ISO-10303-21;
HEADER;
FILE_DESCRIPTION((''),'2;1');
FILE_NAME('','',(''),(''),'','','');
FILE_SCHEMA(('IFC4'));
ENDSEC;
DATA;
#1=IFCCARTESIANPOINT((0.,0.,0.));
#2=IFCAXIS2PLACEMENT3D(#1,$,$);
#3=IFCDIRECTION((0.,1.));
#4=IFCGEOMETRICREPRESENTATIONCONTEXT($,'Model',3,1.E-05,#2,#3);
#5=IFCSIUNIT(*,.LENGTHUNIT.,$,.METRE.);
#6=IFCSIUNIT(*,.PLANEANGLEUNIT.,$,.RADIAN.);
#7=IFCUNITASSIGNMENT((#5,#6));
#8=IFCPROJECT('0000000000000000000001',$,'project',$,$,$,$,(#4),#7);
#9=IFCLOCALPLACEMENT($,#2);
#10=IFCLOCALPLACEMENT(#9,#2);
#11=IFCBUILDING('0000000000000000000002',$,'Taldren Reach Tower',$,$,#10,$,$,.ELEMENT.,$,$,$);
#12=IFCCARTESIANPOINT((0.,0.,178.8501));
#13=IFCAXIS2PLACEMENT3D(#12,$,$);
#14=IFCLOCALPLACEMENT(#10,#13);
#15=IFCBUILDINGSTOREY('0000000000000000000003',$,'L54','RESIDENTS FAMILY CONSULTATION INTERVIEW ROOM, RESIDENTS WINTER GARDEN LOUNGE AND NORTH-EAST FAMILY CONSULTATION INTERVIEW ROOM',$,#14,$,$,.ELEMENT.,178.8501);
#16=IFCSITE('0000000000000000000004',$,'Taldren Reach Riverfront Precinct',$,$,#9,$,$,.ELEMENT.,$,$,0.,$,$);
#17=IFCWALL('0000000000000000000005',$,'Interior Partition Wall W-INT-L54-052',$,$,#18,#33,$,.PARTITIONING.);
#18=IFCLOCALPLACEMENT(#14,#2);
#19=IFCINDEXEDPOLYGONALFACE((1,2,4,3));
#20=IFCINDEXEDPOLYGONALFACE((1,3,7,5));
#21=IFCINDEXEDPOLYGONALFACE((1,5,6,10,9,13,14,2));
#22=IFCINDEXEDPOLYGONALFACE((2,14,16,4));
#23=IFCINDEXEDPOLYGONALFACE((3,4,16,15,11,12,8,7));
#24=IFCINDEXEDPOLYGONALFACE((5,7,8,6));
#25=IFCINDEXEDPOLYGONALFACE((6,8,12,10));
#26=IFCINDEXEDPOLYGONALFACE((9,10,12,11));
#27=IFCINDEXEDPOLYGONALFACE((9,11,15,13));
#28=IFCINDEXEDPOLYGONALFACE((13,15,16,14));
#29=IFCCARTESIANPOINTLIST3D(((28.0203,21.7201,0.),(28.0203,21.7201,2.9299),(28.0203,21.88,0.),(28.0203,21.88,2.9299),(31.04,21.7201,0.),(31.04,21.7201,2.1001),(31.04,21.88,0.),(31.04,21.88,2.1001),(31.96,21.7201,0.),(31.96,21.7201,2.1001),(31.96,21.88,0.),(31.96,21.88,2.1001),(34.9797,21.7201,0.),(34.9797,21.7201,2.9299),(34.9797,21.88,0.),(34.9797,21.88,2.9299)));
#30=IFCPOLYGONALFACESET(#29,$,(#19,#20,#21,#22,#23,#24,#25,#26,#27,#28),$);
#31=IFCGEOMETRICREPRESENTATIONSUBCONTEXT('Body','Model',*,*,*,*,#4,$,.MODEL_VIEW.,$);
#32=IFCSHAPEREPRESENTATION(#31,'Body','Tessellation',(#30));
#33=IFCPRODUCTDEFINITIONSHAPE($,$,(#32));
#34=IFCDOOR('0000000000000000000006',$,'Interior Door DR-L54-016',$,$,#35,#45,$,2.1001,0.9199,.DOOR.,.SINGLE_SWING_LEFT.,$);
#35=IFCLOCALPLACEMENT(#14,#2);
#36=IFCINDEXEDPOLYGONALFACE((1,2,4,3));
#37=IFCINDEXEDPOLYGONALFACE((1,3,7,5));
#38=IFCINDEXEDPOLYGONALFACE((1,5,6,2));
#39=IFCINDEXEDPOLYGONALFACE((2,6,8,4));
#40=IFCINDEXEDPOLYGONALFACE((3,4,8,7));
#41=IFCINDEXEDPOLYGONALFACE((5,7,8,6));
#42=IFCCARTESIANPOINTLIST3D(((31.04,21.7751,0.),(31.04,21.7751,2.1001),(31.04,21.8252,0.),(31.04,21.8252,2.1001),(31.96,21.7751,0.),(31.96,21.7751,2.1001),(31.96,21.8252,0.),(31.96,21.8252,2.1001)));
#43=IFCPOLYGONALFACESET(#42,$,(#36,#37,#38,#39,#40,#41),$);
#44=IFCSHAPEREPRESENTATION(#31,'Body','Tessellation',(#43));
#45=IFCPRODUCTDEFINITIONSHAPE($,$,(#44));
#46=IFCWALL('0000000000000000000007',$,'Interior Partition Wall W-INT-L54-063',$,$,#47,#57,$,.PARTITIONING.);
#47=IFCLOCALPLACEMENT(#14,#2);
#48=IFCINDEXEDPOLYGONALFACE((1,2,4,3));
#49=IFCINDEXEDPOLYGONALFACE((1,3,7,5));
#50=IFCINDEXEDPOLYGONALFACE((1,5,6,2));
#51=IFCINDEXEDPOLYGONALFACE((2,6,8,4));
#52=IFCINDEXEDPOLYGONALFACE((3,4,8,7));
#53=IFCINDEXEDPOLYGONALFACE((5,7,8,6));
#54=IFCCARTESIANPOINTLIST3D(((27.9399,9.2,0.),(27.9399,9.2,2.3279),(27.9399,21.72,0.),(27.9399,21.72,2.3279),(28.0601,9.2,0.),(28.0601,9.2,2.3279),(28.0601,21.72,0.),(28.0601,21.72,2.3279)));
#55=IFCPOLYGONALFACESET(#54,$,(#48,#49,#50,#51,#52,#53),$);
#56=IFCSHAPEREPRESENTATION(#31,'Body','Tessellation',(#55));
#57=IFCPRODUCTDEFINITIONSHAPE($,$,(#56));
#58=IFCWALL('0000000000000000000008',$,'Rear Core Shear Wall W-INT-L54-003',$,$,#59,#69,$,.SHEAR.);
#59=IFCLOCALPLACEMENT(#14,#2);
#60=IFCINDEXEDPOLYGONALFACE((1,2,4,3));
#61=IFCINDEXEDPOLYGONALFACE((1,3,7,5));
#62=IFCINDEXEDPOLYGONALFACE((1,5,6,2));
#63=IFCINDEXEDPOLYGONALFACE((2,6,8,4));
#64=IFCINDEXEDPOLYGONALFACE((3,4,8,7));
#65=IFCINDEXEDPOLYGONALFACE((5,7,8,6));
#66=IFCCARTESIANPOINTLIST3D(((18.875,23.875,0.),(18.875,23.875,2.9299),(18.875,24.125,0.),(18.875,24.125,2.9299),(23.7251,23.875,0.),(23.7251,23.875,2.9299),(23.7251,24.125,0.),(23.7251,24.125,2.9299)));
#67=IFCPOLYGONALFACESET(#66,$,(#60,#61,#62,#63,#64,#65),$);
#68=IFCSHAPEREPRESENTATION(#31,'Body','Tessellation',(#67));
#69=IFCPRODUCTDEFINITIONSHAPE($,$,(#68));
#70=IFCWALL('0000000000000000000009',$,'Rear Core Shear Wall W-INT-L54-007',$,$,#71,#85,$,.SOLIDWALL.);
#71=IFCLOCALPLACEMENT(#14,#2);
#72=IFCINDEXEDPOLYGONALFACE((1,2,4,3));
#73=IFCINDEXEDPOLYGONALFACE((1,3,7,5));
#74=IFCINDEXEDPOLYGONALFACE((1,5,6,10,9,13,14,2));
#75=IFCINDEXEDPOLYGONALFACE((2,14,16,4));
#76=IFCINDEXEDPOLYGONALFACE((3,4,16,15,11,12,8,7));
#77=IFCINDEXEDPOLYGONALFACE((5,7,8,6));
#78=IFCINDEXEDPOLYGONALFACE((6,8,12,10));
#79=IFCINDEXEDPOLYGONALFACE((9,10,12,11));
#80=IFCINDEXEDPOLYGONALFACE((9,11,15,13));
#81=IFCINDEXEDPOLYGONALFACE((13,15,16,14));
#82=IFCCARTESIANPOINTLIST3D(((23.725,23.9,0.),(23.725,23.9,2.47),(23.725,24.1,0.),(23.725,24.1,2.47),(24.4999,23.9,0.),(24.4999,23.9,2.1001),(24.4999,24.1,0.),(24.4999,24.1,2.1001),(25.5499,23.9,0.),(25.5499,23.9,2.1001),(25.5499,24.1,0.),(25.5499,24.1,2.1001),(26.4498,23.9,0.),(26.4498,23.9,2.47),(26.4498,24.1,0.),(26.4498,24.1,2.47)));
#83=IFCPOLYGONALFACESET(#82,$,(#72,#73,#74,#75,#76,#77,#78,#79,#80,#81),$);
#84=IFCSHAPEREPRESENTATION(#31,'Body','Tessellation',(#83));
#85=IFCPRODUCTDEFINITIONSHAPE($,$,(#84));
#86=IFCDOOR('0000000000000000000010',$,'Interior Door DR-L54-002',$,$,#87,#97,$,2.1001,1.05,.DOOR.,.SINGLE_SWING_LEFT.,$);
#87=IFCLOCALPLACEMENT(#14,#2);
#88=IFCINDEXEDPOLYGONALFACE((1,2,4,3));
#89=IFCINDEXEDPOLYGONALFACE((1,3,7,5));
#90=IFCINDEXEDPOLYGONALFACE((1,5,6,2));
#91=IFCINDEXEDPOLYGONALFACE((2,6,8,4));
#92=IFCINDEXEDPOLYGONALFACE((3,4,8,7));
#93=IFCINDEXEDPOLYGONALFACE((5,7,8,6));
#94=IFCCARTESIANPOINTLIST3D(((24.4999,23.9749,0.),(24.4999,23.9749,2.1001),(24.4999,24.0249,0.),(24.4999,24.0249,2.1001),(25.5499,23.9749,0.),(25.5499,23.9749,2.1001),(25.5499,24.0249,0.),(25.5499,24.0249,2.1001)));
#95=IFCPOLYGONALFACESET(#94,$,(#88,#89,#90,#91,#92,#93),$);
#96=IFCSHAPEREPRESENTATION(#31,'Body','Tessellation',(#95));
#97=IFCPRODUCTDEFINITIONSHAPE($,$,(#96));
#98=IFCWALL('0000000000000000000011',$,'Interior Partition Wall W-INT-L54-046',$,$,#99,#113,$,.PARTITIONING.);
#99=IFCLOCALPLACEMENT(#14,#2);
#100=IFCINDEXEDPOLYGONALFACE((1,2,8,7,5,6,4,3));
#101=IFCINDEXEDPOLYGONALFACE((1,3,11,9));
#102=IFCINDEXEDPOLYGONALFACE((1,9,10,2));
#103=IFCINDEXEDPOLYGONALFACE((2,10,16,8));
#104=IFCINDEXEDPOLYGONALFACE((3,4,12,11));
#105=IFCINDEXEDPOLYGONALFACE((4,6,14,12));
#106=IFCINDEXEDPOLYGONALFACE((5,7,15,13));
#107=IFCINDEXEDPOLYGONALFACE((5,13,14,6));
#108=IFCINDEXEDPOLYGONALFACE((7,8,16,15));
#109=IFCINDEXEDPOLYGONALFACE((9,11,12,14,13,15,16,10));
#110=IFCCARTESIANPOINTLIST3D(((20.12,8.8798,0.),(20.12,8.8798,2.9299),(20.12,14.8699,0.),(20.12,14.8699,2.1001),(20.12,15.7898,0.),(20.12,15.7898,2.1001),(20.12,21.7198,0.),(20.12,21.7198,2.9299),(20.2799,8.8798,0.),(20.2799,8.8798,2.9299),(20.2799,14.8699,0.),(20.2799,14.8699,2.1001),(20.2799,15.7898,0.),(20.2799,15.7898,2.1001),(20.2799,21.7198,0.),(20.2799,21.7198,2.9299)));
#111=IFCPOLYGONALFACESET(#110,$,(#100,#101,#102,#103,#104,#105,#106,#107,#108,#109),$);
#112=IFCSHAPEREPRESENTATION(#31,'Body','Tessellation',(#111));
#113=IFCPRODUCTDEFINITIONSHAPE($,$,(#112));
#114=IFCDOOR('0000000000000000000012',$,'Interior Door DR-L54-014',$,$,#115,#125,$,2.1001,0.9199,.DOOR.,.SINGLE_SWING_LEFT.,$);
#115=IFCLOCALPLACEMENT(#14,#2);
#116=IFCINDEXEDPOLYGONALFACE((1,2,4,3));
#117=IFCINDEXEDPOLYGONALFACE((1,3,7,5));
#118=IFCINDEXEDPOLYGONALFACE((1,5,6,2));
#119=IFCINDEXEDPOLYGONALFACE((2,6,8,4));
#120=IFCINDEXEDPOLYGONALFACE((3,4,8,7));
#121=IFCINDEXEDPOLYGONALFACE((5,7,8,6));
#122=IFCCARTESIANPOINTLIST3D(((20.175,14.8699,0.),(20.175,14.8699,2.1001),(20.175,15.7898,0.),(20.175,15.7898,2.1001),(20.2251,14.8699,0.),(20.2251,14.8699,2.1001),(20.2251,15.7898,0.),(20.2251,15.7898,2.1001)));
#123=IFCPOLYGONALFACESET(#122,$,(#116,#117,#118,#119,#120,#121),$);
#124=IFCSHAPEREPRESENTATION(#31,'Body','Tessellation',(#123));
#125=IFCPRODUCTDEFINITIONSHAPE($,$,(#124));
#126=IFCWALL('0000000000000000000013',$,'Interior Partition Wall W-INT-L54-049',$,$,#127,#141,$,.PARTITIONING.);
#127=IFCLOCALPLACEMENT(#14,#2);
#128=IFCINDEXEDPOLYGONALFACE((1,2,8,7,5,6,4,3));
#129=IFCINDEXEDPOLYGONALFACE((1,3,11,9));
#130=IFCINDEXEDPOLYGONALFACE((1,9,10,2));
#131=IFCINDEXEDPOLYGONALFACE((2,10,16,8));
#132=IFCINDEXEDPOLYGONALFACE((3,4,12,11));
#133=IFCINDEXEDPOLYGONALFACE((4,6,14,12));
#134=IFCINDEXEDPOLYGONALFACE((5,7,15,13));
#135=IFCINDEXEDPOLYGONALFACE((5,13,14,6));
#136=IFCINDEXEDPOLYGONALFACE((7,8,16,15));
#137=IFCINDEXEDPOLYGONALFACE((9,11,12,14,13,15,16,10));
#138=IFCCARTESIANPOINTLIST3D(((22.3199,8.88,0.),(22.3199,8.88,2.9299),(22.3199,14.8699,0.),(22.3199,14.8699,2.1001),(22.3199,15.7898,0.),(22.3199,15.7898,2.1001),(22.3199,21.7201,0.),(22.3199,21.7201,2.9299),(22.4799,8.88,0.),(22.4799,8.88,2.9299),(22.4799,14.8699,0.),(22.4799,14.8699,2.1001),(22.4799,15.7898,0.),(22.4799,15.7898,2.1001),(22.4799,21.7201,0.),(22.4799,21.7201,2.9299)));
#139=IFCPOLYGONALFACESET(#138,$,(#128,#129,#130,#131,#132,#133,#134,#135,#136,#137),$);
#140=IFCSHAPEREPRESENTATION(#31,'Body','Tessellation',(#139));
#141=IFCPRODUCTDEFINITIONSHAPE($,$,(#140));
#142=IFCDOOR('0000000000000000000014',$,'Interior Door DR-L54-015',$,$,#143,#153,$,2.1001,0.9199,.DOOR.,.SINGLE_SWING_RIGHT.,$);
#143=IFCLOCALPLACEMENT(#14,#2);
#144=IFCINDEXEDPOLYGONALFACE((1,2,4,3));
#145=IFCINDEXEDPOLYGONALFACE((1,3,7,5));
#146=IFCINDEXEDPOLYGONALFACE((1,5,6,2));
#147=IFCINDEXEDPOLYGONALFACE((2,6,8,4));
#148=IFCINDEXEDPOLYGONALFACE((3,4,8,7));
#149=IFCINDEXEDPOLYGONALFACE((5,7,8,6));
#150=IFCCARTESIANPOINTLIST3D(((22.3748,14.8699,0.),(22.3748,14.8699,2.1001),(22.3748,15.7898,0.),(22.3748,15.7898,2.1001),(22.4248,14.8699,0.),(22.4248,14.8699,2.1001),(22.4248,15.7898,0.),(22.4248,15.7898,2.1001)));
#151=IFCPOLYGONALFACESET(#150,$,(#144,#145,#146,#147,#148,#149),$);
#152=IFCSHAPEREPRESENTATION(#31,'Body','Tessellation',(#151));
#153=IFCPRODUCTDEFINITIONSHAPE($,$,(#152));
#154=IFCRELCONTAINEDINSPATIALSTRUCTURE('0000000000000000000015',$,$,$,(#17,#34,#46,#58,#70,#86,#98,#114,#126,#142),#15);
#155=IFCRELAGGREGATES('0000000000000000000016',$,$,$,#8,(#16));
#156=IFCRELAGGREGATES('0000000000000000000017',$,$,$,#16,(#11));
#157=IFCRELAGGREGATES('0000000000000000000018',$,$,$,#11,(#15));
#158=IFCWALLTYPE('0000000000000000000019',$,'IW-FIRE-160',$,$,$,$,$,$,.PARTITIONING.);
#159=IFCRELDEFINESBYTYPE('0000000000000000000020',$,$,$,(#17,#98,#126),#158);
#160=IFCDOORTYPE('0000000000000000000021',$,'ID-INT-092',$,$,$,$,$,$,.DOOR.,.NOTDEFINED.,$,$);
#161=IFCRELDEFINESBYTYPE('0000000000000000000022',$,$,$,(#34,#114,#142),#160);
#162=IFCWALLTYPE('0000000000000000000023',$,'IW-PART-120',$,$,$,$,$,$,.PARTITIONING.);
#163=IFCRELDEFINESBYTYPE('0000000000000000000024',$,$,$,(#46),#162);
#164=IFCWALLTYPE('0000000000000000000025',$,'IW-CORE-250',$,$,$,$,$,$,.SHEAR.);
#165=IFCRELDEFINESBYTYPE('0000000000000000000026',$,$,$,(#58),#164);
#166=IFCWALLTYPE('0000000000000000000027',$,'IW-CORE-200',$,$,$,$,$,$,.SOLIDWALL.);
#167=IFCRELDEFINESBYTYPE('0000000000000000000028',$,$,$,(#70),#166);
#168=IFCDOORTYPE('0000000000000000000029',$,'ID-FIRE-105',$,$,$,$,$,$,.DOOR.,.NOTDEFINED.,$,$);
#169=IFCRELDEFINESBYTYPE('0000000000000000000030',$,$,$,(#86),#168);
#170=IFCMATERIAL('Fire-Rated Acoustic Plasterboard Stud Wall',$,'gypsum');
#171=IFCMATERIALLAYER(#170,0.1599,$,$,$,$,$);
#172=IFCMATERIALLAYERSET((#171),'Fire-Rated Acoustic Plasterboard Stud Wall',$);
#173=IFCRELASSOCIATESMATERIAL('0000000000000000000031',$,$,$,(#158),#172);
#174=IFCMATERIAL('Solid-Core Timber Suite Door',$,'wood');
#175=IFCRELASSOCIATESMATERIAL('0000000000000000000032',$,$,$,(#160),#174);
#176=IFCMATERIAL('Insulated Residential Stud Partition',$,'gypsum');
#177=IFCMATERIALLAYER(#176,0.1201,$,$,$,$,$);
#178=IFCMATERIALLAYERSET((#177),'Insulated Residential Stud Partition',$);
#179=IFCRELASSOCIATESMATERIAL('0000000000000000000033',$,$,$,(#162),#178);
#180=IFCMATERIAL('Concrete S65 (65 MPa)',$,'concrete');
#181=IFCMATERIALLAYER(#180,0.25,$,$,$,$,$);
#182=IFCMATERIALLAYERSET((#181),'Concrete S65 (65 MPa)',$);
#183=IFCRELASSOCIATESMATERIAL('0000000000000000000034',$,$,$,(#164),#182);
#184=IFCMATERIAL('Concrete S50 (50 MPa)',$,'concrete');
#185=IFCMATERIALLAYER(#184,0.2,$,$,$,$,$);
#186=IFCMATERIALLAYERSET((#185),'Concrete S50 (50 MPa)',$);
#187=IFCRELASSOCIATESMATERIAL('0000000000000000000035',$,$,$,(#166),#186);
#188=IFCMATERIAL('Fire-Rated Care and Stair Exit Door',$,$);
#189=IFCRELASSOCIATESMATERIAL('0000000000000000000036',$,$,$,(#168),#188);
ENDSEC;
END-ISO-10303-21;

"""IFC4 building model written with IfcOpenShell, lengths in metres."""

from ifc_helpers import new_model, si_unit, direction, frame, frame_2d, origin, place, context, subcontext, project, spatial, rectangle, extrude, source, transform, mapped, material, layer, layer_set, type_object, element, fill, save


model = new_model("IFC4")

# Units and contexts
model_context = context("Model", 3, precision=1e-05, world=origin(), true_north=direction((0.0, 1.0)))
body_context = subcontext(model_context, "Body", "Model", "MODEL_VIEW")
ifc_project = project(units=[si_unit("LENGTHUNIT", "METRE"), si_unit("PLANEANGLEUNIT", "RADIAN")], contexts=[model_context])

# Site, building, storey
site_placement = place(None, origin())
site = spatial("IfcSite", under=ifc_project, at=site_placement, Name="Taldren Reach Riverfront Precinct", CompositionType="ELEMENT", RefElevation=0.0)
building_placement = place(site_placement, origin())
building = spatial("IfcBuilding", under=site, at=building_placement, Name="Taldren Reach Tower", CompositionType="ELEMENT")
storey_placement = place(building_placement, frame((0.0, 0.0, 178.8501)))
storey = spatial("IfcBuildingStorey", under=building, at=storey_placement, Name="L54", Description="RESIDENTS FAMILY CONSULTATION INTERVIEW ROOM, RESIDENTS WINTER GARDEN LOUNGE AND NORTH-EAST FAMILY CONSULTATION INTERVIEW ROOM", CompositionType="ELEMENT", Elevation=178.8501)

# Shared definitions
ifc_material_1 = material(Name="Fire-Rated Acoustic Plasterboard Stud Wall", Category="gypsum")
ifc_layer_1 = layer(ifc_material_1, 0.1599)
ifc_layer_set_1 = layer_set([ifc_layer_1], Name="Fire-Rated Acoustic Plasterboard Stud Wall")
wall_type_1 = type_object("IfcWallType", Name="IW-FIRE-160", PredefinedType="PARTITIONING", material=ifc_layer_set_1)

# Wall, opening, door
shared_shape_1 = source(origin(), body_context, "Body", "SweptSolid", [
    extrude(rectangle(XDim=6.9595, YDim=0.1599, at=frame_2d((3.4797, 0.0))), origin(), (0.0, 0.0, 1.0), 2.9299),
])
wall_1_placement = place(storey_placement, frame((34.9797, 21.8, 0.0), z_axis=(0.0, 0.0, 1.0), x_axis=(-1.0, 0.0, 0.0)))
wall_1 = element("IfcWall", 1, at=wall_1_placement, inside=storey, type_object=wall_type_1, Name="Interior Partition Wall W-INT-L54-052", PredefinedType="PARTITIONING", context=body_context, shape_type="MappedRepresentation", body=[
    mapped(shared_shape_1, transform((0.0, 0.0, 0.0), scale=1.0)),
])
shared_shape_2 = source(origin(), body_context, "Body", "SweptSolid", [
    extrude(rectangle(XDim=0.9199, YDim=2.1001, at=frame_2d((0.46, 1.05))), frame((0.0, 0.0898, 0.0), z_axis=(0.0, -1.0, 0.0), x_axis=(1.0, 0.0, 0.0)), (0.0, 0.0, 1.0), 0.1799),
])
opening_1_placement = place(wall_1_placement, frame((3.0198, 0.0, 0.0)))
opening_1 = element("IfcOpeningElement", 2, at=opening_1_placement, cuts=wall_1, PredefinedType="OPENING", context=body_context, shape_type="MappedRepresentation", body=[
    mapped(shared_shape_2, transform((0.0, 0.0, 0.0), scale=1.0)),
])
ifc_material_2 = material(Name="Solid-Core Timber Suite Door", Category="wood")
door_type_1 = type_object("IfcDoorType", Name="ID-INT-092", OperationType="NOTDEFINED", PredefinedType="DOOR", material=ifc_material_2)
shared_shape_3 = source(origin(), body_context, "Body", "SweptSolid", [
    extrude(rectangle(XDim=0.9199, YDim=2.1001, at=frame_2d((0.46, 1.05))), frame((0.0, 0.0249, 0.0), z_axis=(0.0, -1.0, 0.0), x_axis=(1.0, 0.0, 0.0)), (0.0, 0.0, 1.0), 0.05),
])
door_1_placement = place(opening_1_placement, origin())
door_1 = element("IfcDoor", 3, at=door_1_placement, inside=storey, type_object=door_type_1, Name="Interior Door DR-L54-016", OperationType="SINGLE_SWING_LEFT", OverallHeight=2.1001, OverallWidth=0.9199, PredefinedType="DOOR", context=body_context, shape_type="MappedRepresentation", body=[
    mapped(shared_shape_3, transform((0.0, 0.0, 0.0), scale=1.0)),
])
fill(opening_1, door_1)

# Walls
ifc_material_3 = material(Name="Insulated Residential Stud Partition", Category="gypsum")
ifc_layer_2 = layer(ifc_material_3, 0.1201)
ifc_layer_set_2 = layer_set([ifc_layer_2], Name="Insulated Residential Stud Partition")
wall_type_2 = type_object("IfcWallType", Name="IW-PART-120", PredefinedType="PARTITIONING", material=ifc_layer_set_2)
shared_shape_4 = source(origin(), body_context, "Body", "SweptSolid", [
    extrude(rectangle(XDim=12.52, YDim=0.1201, at=frame_2d((6.26, 0.0))), origin(), (0.0, 0.0, 1.0), 2.3279),
])
wall_2_placement = place(storey_placement, frame((28.0, 21.72, 0.0), z_axis=(0.0, 0.0, 1.0), x_axis=(0.0, -1.0, 0.0)))
element("IfcWall", 4, at=wall_2_placement, inside=storey, type_object=wall_type_2, Name="Interior Partition Wall W-INT-L54-063", PredefinedType="PARTITIONING", context=body_context, shape_type="MappedRepresentation", body=[
    mapped(shared_shape_4, transform((0.0, 0.0, 0.0), scale=1.0)),
])
ifc_material_4 = material(Name="Concrete S65 (65 MPa)", Category="concrete")
ifc_layer_3 = layer(ifc_material_4, 0.25)
ifc_layer_set_3 = layer_set([ifc_layer_3], Name="Concrete S65 (65 MPa)")
wall_type_3 = type_object("IfcWallType", Name="IW-CORE-250", PredefinedType="SHEAR", material=ifc_layer_set_3)
shared_shape_5 = source(origin(), body_context, "Body", "SweptSolid", [
    extrude(rectangle(XDim=4.8501, YDim=0.25, at=frame_2d((2.425, 0.0))), origin(), (0.0, 0.0, 1.0), 2.9299),
])
wall_3_placement = place(storey_placement, frame((18.875, 24.0, 0.0), z_axis=(0.0, 0.0, 1.0), x_axis=(1.0, 0.0, 0.0)))
element("IfcWall", 5, at=wall_3_placement, inside=storey, type_object=wall_type_3, Name="Rear Core Shear Wall W-INT-L54-003", PredefinedType="SHEAR", context=body_context, shape_type="MappedRepresentation", body=[
    mapped(shared_shape_5, transform((0.0, 0.0, 0.0), scale=1.0)),
])

# Walls, openings, doors
ifc_material_5 = material(Name="Concrete S50 (50 MPa)", Category="concrete")
ifc_layer_4 = layer(ifc_material_5, 0.2)
ifc_layer_set_4 = layer_set([ifc_layer_4], Name="Concrete S50 (50 MPa)")
wall_type_4 = type_object("IfcWallType", Name="IW-CORE-200", PredefinedType="SOLIDWALL", material=ifc_layer_set_4)
shared_shape_6 = source(origin(), body_context, "Body", "SweptSolid", [
    extrude(rectangle(XDim=2.7249, YDim=0.2, at=frame_2d((1.3623, 0.0))), origin(), (0.0, 0.0, 1.0), 2.47),
])
wall_4_placement = place(storey_placement, frame((23.7251, 24.0, 0.0), z_axis=(0.0, 0.0, 1.0), x_axis=(1.0, 0.0, 0.0)))
wall_4 = element("IfcWall", 6, at=wall_4_placement, inside=storey, type_object=wall_type_4, Name="Rear Core Shear Wall W-INT-L54-007", PredefinedType="SOLIDWALL", context=body_context, shape_type="MappedRepresentation", body=[
    mapped(shared_shape_6, transform((0.0, 0.0, 0.0), scale=1.0)),
])
shared_shape_7 = source(origin(), body_context, "Body", "SweptSolid", [
    extrude(rectangle(XDim=1.05, YDim=2.1001, at=frame_2d((0.5249, 1.05))), frame((0.0, 0.1099, 0.0), z_axis=(0.0, -1.0, 0.0), x_axis=(1.0, 0.0, 0.0)), (0.0, 0.0, 1.0), 0.22),
])
opening_2_placement = place(wall_4_placement, frame((0.7749, 0.0, 0.0)))
opening_2 = element("IfcOpeningElement", 7, at=opening_2_placement, cuts=wall_4, PredefinedType="OPENING", context=body_context, shape_type="MappedRepresentation", body=[
    mapped(shared_shape_7, transform((0.0, 0.0, 0.0), scale=1.0)),
])
ifc_material_6 = material(Name="Fire-Rated Care and Stair Exit Door")
door_type_2 = type_object("IfcDoorType", Name="ID-FIRE-105", OperationType="NOTDEFINED", PredefinedType="DOOR", material=ifc_material_6)
shared_shape_8 = source(origin(), body_context, "Body", "SweptSolid", [
    extrude(rectangle(XDim=1.05, YDim=2.1001, at=frame_2d((0.5249, 1.05))), frame((0.0, 0.0249, 0.0), z_axis=(0.0, -1.0, 0.0), x_axis=(1.0, 0.0, 0.0)), (0.0, 0.0, 1.0), 0.05),
])
door_2_placement = place(opening_2_placement, origin())
door_2 = element("IfcDoor", 8, at=door_2_placement, inside=storey, type_object=door_type_2, Name="Interior Door DR-L54-002", OperationType="SINGLE_SWING_LEFT", OverallHeight=2.1001, OverallWidth=1.05, PredefinedType="DOOR", context=body_context, shape_type="MappedRepresentation", body=[
    mapped(shared_shape_8, transform((0.0, 0.0, 0.0), scale=1.0)),
])
fill(opening_2, door_2)
shared_shape_9 = source(origin(), body_context, "Body", "SweptSolid", [
    extrude(rectangle(XDim=12.8401, YDim=0.1599, at=frame_2d((6.4199, 0.0))), origin(), (0.0, 0.0, 1.0), 2.9299),
])
wall_5_placement = place(storey_placement, frame((20.2, 8.8799, 0.0), z_axis=(0.0, 0.0, 1.0), x_axis=(0.0, 1.0, 0.0)))
wall_5 = element("IfcWall", 9, at=wall_5_placement, inside=storey, type_object=wall_type_1, Name="Interior Partition Wall W-INT-L54-046", PredefinedType="PARTITIONING", context=body_context, shape_type="MappedRepresentation", body=[
    mapped(shared_shape_9, transform((0.0, 0.0, 0.0), scale=1.0)),
])
opening_3_placement = place(wall_5_placement, frame((5.99, 0.0, 0.0)))
opening_3 = element("IfcOpeningElement", 10, at=opening_3_placement, cuts=wall_5, PredefinedType="OPENING", context=body_context, shape_type="MappedRepresentation", body=[
    mapped(shared_shape_2, transform((0.0, 0.0, 0.0), scale=1.0)),
])
door_3_placement = place(opening_3_placement, origin())
door_3 = element("IfcDoor", 11, at=door_3_placement, inside=storey, type_object=door_type_1, Name="Interior Door DR-L54-014", OperationType="SINGLE_SWING_LEFT", OverallHeight=2.1001, OverallWidth=0.9199, PredefinedType="DOOR", context=body_context, shape_type="MappedRepresentation", body=[
    mapped(shared_shape_3, transform((0.0, 0.0, 0.0), scale=1.0)),
])
fill(opening_3, door_3)
wall_6_placement = place(storey_placement, frame((22.3999, 21.72, 0.0), z_axis=(0.0, 0.0, 1.0), x_axis=(0.0, -1.0, 0.0)))
wall_6 = element("IfcWall", 12, at=wall_6_placement, inside=storey, type_object=wall_type_1, Name="Interior Partition Wall W-INT-L54-049", PredefinedType="PARTITIONING", context=body_context, shape_type="MappedRepresentation", body=[
    mapped(shared_shape_9, transform((0.0, 0.0, 0.0), scale=1.0)),
])
opening_4_placement = place(wall_6_placement, frame((5.9302, 0.0, 0.0)))
opening_4 = element("IfcOpeningElement", 13, at=opening_4_placement, cuts=wall_6, PredefinedType="OPENING", context=body_context, shape_type="MappedRepresentation", body=[
    mapped(shared_shape_2, transform((0.0, 0.0, 0.0), scale=1.0)),
])
door_4_placement = place(opening_4_placement, origin())
door_4 = element("IfcDoor", 14, at=door_4_placement, inside=storey, type_object=door_type_1, Name="Interior Door DR-L54-015", OperationType="SINGLE_SWING_RIGHT", OverallHeight=2.1001, OverallWidth=0.9199, PredefinedType="DOOR", context=body_context, shape_type="MappedRepresentation", body=[
    mapped(shared_shape_3, transform((0.0, 0.0, 0.0), scale=1.0)),
])
fill(opening_4, door_4)

save(model, "model.ifc")
